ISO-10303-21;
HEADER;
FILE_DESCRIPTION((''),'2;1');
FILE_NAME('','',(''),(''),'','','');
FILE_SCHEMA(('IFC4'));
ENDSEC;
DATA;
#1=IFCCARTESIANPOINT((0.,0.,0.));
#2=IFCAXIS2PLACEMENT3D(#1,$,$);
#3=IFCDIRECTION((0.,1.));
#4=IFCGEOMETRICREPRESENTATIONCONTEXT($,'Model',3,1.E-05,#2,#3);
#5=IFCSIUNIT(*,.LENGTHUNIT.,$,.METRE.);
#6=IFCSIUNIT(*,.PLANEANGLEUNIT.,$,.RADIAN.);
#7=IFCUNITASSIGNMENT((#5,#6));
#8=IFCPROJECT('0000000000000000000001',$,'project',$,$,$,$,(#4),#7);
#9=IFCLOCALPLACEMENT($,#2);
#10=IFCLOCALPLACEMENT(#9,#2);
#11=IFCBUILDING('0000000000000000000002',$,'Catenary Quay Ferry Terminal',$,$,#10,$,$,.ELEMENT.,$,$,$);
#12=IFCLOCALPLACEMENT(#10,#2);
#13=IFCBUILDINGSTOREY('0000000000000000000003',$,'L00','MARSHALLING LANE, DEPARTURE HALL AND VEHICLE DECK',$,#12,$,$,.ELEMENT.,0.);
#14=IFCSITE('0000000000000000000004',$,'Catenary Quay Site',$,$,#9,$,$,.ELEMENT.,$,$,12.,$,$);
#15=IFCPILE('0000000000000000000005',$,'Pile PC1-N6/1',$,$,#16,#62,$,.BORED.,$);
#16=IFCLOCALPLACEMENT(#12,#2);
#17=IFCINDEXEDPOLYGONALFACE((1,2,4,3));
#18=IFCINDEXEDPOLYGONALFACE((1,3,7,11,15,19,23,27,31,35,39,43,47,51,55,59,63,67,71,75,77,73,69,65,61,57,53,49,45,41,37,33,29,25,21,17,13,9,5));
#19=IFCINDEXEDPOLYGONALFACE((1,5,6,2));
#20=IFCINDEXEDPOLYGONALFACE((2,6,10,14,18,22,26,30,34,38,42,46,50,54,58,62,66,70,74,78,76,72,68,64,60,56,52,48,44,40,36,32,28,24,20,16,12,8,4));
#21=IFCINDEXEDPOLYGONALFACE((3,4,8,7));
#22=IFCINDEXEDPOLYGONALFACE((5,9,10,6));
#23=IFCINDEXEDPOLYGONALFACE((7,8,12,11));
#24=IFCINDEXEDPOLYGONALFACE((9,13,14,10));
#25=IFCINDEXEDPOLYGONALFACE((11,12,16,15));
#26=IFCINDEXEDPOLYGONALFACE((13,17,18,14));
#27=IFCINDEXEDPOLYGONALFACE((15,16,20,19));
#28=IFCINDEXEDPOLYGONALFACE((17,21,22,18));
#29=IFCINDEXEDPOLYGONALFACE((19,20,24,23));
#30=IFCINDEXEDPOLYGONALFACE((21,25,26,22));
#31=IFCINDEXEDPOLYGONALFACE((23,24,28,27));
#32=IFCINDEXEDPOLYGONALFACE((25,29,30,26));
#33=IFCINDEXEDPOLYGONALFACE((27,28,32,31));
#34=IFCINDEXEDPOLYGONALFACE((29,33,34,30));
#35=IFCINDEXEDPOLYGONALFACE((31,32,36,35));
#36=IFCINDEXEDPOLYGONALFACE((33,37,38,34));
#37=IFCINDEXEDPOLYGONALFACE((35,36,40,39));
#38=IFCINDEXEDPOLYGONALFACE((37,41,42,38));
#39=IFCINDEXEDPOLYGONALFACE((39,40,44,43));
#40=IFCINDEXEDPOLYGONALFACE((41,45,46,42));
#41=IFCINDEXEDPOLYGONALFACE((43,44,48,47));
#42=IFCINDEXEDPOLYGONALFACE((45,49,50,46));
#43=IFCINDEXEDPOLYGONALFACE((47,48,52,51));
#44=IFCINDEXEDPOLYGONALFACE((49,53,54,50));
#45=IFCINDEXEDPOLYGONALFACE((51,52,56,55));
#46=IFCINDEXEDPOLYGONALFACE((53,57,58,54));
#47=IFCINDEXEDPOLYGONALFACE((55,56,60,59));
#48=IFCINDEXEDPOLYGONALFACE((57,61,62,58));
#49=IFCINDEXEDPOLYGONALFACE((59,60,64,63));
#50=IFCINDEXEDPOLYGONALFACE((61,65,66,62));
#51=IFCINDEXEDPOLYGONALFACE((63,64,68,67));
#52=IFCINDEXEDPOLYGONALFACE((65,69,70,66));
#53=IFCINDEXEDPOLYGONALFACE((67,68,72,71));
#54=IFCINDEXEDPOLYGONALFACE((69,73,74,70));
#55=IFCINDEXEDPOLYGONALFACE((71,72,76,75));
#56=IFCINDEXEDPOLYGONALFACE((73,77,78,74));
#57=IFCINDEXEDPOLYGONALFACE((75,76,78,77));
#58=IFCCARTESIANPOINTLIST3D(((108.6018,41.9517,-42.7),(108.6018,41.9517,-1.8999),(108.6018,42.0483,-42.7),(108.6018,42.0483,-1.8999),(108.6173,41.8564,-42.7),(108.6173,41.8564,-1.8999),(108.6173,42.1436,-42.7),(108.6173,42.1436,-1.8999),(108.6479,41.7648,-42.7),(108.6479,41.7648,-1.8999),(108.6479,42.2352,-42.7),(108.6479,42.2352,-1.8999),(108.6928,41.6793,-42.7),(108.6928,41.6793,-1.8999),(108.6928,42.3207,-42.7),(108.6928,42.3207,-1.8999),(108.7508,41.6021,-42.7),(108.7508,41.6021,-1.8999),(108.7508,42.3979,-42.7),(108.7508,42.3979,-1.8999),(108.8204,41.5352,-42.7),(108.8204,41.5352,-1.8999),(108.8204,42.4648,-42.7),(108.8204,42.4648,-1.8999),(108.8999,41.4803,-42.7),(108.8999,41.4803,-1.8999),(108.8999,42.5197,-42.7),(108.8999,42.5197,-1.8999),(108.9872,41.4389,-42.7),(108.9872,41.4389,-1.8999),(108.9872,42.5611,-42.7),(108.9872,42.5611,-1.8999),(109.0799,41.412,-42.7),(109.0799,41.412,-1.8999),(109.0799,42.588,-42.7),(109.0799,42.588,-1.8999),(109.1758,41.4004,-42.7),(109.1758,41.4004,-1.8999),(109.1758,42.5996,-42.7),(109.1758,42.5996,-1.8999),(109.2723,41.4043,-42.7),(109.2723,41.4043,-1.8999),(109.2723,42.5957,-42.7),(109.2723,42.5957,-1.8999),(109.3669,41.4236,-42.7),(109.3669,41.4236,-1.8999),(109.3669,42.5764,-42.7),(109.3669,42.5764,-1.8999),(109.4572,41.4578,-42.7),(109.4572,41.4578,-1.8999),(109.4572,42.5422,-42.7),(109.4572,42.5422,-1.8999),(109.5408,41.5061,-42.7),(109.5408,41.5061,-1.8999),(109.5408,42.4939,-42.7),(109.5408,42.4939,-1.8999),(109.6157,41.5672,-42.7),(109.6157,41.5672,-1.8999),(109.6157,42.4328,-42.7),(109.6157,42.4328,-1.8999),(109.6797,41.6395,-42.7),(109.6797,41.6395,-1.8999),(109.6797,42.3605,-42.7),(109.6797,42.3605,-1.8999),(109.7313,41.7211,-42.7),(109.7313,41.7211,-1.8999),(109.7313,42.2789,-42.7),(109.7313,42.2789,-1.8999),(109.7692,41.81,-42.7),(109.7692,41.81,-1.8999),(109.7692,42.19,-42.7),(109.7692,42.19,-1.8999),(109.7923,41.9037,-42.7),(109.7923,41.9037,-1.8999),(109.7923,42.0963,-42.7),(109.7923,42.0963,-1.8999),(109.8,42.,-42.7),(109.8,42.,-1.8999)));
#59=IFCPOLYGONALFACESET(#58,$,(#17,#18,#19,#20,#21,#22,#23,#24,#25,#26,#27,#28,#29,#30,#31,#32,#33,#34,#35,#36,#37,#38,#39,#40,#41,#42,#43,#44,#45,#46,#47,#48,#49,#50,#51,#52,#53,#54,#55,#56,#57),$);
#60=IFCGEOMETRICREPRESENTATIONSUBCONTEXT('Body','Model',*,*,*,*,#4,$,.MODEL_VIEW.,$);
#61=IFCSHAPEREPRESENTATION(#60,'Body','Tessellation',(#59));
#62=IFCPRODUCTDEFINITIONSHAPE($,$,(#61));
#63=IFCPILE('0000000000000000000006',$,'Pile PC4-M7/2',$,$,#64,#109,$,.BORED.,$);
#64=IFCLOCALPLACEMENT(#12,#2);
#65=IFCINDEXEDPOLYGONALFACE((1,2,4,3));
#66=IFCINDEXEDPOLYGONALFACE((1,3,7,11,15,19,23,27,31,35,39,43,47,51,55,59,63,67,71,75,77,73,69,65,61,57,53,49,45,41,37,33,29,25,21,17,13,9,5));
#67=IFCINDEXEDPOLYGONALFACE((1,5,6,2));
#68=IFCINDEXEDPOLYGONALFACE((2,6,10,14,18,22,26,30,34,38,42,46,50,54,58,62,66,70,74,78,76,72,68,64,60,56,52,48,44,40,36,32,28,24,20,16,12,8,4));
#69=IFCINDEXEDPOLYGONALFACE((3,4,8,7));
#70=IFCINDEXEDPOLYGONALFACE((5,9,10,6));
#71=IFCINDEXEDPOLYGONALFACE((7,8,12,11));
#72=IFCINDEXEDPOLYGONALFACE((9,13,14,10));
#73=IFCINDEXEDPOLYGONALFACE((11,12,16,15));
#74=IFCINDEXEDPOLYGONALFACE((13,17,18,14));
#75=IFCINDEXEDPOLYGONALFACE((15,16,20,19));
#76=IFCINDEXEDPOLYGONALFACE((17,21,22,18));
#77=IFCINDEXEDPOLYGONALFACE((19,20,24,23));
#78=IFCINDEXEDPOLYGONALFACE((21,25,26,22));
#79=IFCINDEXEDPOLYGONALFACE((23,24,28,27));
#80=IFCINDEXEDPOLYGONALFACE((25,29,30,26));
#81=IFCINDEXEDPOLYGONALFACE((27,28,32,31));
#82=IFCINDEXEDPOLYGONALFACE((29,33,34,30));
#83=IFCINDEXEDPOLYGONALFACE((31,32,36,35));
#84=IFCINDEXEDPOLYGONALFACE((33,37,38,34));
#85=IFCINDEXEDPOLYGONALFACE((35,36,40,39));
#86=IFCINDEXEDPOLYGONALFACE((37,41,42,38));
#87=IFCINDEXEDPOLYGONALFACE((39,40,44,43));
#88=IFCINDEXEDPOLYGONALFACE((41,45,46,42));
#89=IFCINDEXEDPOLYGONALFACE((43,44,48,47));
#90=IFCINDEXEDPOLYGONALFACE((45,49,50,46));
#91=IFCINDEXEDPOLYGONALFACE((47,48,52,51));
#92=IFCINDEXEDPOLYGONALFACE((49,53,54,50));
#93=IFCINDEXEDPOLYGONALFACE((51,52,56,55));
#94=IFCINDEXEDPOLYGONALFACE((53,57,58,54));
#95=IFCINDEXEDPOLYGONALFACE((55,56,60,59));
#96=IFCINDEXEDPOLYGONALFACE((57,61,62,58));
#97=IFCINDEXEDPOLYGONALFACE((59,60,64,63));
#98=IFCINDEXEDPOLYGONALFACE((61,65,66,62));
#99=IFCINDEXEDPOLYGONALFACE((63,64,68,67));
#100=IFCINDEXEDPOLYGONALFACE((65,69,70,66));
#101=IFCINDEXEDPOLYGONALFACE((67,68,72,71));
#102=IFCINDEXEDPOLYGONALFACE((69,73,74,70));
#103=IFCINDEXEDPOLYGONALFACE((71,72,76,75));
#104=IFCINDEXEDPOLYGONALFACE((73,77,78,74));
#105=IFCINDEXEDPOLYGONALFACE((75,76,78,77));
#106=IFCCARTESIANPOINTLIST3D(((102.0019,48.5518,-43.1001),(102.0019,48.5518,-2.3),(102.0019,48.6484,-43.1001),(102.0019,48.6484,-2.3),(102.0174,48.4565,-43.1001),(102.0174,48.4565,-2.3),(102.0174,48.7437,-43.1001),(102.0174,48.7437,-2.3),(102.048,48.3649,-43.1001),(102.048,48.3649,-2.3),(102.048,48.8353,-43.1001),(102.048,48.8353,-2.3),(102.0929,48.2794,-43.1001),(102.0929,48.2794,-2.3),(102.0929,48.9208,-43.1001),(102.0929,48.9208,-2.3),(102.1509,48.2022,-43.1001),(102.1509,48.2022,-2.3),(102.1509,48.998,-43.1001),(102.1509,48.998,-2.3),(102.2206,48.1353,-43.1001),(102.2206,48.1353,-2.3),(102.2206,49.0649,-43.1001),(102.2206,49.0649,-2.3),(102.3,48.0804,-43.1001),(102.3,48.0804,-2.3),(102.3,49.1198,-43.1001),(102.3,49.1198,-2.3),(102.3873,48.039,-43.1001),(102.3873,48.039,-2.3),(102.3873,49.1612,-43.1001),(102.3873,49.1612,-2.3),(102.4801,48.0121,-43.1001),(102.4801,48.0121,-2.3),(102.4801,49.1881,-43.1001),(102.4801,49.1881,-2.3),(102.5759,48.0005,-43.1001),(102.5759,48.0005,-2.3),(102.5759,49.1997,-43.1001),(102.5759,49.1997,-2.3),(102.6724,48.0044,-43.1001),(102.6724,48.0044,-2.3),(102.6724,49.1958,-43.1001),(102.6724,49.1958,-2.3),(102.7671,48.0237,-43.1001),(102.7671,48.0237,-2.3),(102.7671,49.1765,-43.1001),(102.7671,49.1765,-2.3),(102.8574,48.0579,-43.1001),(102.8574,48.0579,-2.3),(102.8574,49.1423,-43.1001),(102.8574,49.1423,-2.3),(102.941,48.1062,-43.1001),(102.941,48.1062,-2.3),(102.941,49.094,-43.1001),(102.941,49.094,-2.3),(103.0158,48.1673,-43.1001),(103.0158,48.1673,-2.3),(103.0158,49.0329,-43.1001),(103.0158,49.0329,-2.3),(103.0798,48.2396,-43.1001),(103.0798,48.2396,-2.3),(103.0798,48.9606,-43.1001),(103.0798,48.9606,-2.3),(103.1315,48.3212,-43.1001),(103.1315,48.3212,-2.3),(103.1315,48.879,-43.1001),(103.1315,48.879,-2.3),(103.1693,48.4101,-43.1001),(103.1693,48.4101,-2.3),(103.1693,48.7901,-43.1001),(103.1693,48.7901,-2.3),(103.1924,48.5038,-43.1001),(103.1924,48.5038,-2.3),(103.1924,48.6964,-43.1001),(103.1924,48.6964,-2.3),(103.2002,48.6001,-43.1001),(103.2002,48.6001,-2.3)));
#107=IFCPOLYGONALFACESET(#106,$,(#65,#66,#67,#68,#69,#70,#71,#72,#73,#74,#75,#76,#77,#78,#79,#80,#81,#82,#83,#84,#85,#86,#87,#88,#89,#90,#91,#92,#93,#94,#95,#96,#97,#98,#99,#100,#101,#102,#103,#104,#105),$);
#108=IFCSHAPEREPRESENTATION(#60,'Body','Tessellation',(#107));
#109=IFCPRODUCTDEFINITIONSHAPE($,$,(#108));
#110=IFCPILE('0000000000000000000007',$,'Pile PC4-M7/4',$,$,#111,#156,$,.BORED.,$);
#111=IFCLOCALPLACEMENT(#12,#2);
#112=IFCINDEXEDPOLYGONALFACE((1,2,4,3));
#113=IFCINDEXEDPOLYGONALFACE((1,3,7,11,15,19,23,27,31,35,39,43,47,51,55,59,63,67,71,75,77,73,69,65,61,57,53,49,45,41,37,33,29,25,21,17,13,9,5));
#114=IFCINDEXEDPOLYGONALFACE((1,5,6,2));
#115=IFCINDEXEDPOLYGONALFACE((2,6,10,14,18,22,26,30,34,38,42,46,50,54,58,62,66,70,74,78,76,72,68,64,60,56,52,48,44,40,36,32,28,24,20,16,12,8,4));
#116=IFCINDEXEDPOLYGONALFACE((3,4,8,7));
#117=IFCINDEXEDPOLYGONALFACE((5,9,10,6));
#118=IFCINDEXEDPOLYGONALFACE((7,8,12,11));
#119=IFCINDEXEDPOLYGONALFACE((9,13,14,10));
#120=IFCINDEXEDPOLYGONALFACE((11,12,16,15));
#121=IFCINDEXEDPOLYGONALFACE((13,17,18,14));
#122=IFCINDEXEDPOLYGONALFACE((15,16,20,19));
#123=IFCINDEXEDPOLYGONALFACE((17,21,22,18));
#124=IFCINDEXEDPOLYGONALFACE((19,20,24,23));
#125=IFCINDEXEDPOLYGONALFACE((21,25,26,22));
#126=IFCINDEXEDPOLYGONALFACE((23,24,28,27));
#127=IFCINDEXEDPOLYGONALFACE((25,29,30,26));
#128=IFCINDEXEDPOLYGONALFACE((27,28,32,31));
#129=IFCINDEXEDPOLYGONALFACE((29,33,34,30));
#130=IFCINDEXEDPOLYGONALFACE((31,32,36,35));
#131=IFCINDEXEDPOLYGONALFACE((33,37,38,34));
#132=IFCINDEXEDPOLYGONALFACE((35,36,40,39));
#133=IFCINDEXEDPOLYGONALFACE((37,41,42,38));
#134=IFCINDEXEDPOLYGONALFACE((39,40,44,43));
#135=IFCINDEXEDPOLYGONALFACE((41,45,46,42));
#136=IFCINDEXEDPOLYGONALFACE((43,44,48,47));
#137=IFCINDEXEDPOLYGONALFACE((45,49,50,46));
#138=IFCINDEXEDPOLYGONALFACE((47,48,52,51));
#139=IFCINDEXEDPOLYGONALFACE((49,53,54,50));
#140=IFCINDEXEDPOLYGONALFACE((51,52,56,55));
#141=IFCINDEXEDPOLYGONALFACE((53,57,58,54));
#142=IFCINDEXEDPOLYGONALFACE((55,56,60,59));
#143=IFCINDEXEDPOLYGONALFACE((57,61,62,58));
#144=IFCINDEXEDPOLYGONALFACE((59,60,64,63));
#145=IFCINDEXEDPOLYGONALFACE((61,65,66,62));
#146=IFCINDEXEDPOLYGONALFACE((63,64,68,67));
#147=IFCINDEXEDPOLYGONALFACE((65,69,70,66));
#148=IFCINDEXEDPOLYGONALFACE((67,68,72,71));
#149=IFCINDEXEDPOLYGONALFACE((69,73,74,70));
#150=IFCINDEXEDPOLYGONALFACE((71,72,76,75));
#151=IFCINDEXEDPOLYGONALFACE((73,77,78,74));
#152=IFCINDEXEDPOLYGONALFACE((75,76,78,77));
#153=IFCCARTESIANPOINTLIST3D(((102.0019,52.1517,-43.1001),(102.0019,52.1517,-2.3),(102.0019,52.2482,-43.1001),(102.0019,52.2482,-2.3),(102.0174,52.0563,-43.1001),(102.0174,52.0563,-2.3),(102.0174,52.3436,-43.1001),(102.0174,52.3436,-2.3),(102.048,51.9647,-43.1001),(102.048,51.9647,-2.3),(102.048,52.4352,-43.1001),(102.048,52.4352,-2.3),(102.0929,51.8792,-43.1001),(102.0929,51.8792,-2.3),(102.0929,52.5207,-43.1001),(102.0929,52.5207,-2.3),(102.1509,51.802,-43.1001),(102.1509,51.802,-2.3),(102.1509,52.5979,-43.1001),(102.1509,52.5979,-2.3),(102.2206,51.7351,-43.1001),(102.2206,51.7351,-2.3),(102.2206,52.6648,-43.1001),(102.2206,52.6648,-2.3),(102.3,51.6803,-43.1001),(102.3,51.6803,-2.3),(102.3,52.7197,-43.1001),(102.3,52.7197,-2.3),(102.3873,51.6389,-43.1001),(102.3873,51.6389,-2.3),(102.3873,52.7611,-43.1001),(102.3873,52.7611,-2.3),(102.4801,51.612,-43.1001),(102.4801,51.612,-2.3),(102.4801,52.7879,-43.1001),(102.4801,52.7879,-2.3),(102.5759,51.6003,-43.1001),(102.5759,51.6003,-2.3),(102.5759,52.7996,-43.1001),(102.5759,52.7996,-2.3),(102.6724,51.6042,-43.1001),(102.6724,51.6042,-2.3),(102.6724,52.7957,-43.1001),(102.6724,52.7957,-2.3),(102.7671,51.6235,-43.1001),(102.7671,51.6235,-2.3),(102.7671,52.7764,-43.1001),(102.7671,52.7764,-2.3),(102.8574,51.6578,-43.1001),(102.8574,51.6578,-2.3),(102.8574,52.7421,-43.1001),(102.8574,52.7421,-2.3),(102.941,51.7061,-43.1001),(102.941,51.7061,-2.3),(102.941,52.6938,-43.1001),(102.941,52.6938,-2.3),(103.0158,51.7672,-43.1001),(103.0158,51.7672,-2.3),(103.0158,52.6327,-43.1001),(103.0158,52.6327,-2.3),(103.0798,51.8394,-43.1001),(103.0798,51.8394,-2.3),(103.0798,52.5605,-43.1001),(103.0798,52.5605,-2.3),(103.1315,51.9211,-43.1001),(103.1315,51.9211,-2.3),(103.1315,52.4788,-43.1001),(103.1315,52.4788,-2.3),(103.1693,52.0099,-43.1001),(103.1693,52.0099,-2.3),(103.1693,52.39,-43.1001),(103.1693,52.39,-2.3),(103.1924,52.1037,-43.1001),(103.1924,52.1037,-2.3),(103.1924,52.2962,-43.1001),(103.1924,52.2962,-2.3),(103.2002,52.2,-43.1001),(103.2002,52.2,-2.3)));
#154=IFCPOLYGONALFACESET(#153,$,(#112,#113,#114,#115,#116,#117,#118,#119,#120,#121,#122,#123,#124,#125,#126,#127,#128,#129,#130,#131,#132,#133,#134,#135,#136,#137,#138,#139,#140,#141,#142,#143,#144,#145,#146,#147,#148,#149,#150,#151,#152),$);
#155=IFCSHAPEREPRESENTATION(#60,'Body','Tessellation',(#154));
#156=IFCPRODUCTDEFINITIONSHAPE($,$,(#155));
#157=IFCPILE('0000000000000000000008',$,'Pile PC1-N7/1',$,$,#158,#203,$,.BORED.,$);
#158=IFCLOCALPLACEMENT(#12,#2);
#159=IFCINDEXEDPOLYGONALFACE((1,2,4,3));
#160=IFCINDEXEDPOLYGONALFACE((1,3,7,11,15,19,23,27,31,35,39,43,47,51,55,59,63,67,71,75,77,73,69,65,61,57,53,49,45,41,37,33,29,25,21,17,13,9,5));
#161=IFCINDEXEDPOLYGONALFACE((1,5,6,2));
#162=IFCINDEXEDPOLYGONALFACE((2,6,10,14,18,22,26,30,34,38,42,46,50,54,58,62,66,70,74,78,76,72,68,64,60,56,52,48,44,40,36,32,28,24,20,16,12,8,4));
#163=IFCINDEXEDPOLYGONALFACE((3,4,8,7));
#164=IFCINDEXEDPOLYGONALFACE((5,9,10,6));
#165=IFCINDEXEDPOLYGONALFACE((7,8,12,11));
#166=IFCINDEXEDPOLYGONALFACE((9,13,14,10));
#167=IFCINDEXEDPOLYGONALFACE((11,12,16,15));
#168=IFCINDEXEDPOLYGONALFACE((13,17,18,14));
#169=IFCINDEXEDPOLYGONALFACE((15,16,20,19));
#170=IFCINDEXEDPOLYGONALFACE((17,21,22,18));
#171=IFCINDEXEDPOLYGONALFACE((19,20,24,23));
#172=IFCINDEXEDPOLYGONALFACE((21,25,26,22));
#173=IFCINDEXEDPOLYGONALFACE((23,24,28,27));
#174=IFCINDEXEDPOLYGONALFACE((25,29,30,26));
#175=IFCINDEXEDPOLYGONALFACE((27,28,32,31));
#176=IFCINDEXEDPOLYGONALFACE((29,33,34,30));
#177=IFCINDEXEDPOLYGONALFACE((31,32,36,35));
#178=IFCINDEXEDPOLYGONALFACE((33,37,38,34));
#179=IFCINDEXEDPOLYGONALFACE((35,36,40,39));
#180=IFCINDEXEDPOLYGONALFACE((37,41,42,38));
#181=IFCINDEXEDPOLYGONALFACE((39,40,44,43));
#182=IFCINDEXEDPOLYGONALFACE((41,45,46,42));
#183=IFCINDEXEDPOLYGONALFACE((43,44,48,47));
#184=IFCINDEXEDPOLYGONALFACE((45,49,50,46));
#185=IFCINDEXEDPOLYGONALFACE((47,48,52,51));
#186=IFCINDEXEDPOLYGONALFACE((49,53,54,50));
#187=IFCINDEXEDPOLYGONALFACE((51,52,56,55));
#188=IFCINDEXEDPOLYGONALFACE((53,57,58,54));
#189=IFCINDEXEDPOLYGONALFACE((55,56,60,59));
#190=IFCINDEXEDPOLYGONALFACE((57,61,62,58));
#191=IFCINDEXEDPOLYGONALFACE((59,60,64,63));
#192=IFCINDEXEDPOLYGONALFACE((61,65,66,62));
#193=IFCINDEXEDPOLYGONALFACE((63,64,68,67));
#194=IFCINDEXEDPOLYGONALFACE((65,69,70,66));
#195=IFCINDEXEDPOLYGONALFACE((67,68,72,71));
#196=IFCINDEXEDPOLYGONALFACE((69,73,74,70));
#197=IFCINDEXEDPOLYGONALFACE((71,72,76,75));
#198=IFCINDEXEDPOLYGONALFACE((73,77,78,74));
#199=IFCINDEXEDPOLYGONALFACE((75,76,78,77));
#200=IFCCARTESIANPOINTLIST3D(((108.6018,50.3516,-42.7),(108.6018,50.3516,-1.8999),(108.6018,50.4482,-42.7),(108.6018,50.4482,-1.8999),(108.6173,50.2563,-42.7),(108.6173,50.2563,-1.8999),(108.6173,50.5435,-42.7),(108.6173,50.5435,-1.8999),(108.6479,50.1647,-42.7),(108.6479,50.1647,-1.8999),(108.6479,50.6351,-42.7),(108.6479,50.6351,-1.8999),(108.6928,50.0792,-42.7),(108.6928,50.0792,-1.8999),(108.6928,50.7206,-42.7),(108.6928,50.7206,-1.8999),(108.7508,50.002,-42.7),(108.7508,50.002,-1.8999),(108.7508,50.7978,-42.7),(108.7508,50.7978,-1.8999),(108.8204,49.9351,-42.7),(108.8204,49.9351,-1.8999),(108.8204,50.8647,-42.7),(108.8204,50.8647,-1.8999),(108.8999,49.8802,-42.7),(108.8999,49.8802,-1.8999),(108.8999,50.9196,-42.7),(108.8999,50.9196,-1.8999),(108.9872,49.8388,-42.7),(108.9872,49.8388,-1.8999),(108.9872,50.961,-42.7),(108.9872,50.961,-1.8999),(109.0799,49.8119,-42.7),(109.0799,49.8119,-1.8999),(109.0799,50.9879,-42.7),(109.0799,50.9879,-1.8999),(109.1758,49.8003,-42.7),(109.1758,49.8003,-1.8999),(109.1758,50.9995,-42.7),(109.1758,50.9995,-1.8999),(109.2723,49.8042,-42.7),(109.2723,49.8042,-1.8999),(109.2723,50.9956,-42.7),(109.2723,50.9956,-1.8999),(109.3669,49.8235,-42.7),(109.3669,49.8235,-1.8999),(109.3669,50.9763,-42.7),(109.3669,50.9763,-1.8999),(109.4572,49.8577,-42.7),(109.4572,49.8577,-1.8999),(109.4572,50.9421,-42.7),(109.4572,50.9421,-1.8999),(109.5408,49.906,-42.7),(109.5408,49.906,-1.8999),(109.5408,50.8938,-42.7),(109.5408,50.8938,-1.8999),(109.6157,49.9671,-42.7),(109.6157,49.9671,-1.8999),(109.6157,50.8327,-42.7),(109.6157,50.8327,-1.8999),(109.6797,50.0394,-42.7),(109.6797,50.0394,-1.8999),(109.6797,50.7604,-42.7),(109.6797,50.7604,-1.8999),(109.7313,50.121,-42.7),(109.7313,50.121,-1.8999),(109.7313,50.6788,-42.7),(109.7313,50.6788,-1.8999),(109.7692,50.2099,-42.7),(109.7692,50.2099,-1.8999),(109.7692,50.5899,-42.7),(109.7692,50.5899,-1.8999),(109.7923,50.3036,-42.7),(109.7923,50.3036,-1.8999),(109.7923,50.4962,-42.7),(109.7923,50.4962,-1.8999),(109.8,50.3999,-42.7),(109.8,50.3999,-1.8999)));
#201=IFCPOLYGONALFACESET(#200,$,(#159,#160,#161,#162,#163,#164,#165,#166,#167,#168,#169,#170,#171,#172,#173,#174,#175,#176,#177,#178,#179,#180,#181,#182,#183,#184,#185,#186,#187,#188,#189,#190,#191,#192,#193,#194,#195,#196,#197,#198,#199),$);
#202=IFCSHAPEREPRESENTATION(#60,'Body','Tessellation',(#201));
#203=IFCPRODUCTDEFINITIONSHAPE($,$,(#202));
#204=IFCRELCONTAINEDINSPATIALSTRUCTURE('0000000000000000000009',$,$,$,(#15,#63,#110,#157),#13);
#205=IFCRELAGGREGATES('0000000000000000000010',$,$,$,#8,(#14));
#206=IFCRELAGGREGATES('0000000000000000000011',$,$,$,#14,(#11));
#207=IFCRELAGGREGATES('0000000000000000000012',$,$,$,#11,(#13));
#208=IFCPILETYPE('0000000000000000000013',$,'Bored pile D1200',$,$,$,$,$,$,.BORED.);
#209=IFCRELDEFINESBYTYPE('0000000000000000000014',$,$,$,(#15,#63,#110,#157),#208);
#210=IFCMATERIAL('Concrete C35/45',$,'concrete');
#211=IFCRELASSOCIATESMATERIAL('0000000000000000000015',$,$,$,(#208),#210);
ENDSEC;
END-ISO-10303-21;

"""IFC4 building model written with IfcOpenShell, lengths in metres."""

from ifc_helpers import new_model, si_unit, direction, frame, origin, origin_2d, place, context, subcontext, project, spatial, circle, extrude, material, material_profile, profile_set, type_object, element, save


model = new_model("IFC4")

# Units and contexts
model_context = context("Model", 3, precision=1e-05, world=origin(), true_north=direction((0.0, 1.0)))
body_context = subcontext(model_context, "Body", "Model", "MODEL_VIEW")
ifc_project = project(units=[si_unit("LENGTHUNIT", "METRE"), si_unit("PLANEANGLEUNIT", "RADIAN")], contexts=[model_context])

# Site, building, storey
site_placement = place(None, origin())
site = spatial("IfcSite", under=ifc_project, at=site_placement, Name="Catenary Quay Site", CompositionType="ELEMENT", RefElevation=12.0)
building_placement = place(site_placement, origin())
building = spatial("IfcBuilding", under=site, at=building_placement, Name="Catenary Quay Ferry Terminal", CompositionType="ELEMENT")
storey_placement = place(building_placement, origin())
storey = spatial("IfcBuildingStorey", under=building, at=storey_placement, Name="L00", Description="MARSHALLING LANE, DEPARTURE HALL AND VEHICLE DECK", CompositionType="ELEMENT", Elevation=0.0)

# Piles
ifc_material_1 = material(Name="Concrete C35/45", Category="concrete")
ifc_material_profile_1 = material_profile(ifc_material_1, circle(Radius=0.6001, at=origin_2d()), Name="D1200")
ifc_profile_set_1 = profile_set([ifc_material_profile_1], Name="Concrete C35/45")
pile_type = type_object("IfcPileType", Name="Bored pile D1200", PredefinedType="BORED", material=ifc_profile_set_1)
for number, where, z_axis, x_axis, name in (
    (1, (109.2, 42.0, -1.8999), (0.0, 0.0, -1.0), (1.0, 0.0, 0.0), "Pile PC1-N6/1"),
    (2, (102.6001, 48.6001, -2.3), (0.0, 0.0, -1.0), (1.0, 0.0, 0.0), "Pile PC4-M7/2"),
    (3, (102.6001, 52.2, -2.3), (0.0, 0.0, -1.0), (1.0, 0.0, 0.0), "Pile PC4-M7/4"),
    (4, (109.2, 50.3999, -1.8999), (0.0, 0.0, -1.0), (1.0, 0.0, 0.0), "Pile PC1-N7/1"),
):
    element("IfcPile", number, at=place(storey_placement, frame(where, z_axis=z_axis, x_axis=x_axis)), inside=storey, type_object=pile_type, Name=name, PredefinedType="BORED", context=body_context, shape_type="SweptSolid", body=[
        extrude(circle(Radius=0.6001, at=origin_2d()), origin(), (0.0, 0.0, 1.0), 40.8),
    ])

save(model, "model.ifc")
